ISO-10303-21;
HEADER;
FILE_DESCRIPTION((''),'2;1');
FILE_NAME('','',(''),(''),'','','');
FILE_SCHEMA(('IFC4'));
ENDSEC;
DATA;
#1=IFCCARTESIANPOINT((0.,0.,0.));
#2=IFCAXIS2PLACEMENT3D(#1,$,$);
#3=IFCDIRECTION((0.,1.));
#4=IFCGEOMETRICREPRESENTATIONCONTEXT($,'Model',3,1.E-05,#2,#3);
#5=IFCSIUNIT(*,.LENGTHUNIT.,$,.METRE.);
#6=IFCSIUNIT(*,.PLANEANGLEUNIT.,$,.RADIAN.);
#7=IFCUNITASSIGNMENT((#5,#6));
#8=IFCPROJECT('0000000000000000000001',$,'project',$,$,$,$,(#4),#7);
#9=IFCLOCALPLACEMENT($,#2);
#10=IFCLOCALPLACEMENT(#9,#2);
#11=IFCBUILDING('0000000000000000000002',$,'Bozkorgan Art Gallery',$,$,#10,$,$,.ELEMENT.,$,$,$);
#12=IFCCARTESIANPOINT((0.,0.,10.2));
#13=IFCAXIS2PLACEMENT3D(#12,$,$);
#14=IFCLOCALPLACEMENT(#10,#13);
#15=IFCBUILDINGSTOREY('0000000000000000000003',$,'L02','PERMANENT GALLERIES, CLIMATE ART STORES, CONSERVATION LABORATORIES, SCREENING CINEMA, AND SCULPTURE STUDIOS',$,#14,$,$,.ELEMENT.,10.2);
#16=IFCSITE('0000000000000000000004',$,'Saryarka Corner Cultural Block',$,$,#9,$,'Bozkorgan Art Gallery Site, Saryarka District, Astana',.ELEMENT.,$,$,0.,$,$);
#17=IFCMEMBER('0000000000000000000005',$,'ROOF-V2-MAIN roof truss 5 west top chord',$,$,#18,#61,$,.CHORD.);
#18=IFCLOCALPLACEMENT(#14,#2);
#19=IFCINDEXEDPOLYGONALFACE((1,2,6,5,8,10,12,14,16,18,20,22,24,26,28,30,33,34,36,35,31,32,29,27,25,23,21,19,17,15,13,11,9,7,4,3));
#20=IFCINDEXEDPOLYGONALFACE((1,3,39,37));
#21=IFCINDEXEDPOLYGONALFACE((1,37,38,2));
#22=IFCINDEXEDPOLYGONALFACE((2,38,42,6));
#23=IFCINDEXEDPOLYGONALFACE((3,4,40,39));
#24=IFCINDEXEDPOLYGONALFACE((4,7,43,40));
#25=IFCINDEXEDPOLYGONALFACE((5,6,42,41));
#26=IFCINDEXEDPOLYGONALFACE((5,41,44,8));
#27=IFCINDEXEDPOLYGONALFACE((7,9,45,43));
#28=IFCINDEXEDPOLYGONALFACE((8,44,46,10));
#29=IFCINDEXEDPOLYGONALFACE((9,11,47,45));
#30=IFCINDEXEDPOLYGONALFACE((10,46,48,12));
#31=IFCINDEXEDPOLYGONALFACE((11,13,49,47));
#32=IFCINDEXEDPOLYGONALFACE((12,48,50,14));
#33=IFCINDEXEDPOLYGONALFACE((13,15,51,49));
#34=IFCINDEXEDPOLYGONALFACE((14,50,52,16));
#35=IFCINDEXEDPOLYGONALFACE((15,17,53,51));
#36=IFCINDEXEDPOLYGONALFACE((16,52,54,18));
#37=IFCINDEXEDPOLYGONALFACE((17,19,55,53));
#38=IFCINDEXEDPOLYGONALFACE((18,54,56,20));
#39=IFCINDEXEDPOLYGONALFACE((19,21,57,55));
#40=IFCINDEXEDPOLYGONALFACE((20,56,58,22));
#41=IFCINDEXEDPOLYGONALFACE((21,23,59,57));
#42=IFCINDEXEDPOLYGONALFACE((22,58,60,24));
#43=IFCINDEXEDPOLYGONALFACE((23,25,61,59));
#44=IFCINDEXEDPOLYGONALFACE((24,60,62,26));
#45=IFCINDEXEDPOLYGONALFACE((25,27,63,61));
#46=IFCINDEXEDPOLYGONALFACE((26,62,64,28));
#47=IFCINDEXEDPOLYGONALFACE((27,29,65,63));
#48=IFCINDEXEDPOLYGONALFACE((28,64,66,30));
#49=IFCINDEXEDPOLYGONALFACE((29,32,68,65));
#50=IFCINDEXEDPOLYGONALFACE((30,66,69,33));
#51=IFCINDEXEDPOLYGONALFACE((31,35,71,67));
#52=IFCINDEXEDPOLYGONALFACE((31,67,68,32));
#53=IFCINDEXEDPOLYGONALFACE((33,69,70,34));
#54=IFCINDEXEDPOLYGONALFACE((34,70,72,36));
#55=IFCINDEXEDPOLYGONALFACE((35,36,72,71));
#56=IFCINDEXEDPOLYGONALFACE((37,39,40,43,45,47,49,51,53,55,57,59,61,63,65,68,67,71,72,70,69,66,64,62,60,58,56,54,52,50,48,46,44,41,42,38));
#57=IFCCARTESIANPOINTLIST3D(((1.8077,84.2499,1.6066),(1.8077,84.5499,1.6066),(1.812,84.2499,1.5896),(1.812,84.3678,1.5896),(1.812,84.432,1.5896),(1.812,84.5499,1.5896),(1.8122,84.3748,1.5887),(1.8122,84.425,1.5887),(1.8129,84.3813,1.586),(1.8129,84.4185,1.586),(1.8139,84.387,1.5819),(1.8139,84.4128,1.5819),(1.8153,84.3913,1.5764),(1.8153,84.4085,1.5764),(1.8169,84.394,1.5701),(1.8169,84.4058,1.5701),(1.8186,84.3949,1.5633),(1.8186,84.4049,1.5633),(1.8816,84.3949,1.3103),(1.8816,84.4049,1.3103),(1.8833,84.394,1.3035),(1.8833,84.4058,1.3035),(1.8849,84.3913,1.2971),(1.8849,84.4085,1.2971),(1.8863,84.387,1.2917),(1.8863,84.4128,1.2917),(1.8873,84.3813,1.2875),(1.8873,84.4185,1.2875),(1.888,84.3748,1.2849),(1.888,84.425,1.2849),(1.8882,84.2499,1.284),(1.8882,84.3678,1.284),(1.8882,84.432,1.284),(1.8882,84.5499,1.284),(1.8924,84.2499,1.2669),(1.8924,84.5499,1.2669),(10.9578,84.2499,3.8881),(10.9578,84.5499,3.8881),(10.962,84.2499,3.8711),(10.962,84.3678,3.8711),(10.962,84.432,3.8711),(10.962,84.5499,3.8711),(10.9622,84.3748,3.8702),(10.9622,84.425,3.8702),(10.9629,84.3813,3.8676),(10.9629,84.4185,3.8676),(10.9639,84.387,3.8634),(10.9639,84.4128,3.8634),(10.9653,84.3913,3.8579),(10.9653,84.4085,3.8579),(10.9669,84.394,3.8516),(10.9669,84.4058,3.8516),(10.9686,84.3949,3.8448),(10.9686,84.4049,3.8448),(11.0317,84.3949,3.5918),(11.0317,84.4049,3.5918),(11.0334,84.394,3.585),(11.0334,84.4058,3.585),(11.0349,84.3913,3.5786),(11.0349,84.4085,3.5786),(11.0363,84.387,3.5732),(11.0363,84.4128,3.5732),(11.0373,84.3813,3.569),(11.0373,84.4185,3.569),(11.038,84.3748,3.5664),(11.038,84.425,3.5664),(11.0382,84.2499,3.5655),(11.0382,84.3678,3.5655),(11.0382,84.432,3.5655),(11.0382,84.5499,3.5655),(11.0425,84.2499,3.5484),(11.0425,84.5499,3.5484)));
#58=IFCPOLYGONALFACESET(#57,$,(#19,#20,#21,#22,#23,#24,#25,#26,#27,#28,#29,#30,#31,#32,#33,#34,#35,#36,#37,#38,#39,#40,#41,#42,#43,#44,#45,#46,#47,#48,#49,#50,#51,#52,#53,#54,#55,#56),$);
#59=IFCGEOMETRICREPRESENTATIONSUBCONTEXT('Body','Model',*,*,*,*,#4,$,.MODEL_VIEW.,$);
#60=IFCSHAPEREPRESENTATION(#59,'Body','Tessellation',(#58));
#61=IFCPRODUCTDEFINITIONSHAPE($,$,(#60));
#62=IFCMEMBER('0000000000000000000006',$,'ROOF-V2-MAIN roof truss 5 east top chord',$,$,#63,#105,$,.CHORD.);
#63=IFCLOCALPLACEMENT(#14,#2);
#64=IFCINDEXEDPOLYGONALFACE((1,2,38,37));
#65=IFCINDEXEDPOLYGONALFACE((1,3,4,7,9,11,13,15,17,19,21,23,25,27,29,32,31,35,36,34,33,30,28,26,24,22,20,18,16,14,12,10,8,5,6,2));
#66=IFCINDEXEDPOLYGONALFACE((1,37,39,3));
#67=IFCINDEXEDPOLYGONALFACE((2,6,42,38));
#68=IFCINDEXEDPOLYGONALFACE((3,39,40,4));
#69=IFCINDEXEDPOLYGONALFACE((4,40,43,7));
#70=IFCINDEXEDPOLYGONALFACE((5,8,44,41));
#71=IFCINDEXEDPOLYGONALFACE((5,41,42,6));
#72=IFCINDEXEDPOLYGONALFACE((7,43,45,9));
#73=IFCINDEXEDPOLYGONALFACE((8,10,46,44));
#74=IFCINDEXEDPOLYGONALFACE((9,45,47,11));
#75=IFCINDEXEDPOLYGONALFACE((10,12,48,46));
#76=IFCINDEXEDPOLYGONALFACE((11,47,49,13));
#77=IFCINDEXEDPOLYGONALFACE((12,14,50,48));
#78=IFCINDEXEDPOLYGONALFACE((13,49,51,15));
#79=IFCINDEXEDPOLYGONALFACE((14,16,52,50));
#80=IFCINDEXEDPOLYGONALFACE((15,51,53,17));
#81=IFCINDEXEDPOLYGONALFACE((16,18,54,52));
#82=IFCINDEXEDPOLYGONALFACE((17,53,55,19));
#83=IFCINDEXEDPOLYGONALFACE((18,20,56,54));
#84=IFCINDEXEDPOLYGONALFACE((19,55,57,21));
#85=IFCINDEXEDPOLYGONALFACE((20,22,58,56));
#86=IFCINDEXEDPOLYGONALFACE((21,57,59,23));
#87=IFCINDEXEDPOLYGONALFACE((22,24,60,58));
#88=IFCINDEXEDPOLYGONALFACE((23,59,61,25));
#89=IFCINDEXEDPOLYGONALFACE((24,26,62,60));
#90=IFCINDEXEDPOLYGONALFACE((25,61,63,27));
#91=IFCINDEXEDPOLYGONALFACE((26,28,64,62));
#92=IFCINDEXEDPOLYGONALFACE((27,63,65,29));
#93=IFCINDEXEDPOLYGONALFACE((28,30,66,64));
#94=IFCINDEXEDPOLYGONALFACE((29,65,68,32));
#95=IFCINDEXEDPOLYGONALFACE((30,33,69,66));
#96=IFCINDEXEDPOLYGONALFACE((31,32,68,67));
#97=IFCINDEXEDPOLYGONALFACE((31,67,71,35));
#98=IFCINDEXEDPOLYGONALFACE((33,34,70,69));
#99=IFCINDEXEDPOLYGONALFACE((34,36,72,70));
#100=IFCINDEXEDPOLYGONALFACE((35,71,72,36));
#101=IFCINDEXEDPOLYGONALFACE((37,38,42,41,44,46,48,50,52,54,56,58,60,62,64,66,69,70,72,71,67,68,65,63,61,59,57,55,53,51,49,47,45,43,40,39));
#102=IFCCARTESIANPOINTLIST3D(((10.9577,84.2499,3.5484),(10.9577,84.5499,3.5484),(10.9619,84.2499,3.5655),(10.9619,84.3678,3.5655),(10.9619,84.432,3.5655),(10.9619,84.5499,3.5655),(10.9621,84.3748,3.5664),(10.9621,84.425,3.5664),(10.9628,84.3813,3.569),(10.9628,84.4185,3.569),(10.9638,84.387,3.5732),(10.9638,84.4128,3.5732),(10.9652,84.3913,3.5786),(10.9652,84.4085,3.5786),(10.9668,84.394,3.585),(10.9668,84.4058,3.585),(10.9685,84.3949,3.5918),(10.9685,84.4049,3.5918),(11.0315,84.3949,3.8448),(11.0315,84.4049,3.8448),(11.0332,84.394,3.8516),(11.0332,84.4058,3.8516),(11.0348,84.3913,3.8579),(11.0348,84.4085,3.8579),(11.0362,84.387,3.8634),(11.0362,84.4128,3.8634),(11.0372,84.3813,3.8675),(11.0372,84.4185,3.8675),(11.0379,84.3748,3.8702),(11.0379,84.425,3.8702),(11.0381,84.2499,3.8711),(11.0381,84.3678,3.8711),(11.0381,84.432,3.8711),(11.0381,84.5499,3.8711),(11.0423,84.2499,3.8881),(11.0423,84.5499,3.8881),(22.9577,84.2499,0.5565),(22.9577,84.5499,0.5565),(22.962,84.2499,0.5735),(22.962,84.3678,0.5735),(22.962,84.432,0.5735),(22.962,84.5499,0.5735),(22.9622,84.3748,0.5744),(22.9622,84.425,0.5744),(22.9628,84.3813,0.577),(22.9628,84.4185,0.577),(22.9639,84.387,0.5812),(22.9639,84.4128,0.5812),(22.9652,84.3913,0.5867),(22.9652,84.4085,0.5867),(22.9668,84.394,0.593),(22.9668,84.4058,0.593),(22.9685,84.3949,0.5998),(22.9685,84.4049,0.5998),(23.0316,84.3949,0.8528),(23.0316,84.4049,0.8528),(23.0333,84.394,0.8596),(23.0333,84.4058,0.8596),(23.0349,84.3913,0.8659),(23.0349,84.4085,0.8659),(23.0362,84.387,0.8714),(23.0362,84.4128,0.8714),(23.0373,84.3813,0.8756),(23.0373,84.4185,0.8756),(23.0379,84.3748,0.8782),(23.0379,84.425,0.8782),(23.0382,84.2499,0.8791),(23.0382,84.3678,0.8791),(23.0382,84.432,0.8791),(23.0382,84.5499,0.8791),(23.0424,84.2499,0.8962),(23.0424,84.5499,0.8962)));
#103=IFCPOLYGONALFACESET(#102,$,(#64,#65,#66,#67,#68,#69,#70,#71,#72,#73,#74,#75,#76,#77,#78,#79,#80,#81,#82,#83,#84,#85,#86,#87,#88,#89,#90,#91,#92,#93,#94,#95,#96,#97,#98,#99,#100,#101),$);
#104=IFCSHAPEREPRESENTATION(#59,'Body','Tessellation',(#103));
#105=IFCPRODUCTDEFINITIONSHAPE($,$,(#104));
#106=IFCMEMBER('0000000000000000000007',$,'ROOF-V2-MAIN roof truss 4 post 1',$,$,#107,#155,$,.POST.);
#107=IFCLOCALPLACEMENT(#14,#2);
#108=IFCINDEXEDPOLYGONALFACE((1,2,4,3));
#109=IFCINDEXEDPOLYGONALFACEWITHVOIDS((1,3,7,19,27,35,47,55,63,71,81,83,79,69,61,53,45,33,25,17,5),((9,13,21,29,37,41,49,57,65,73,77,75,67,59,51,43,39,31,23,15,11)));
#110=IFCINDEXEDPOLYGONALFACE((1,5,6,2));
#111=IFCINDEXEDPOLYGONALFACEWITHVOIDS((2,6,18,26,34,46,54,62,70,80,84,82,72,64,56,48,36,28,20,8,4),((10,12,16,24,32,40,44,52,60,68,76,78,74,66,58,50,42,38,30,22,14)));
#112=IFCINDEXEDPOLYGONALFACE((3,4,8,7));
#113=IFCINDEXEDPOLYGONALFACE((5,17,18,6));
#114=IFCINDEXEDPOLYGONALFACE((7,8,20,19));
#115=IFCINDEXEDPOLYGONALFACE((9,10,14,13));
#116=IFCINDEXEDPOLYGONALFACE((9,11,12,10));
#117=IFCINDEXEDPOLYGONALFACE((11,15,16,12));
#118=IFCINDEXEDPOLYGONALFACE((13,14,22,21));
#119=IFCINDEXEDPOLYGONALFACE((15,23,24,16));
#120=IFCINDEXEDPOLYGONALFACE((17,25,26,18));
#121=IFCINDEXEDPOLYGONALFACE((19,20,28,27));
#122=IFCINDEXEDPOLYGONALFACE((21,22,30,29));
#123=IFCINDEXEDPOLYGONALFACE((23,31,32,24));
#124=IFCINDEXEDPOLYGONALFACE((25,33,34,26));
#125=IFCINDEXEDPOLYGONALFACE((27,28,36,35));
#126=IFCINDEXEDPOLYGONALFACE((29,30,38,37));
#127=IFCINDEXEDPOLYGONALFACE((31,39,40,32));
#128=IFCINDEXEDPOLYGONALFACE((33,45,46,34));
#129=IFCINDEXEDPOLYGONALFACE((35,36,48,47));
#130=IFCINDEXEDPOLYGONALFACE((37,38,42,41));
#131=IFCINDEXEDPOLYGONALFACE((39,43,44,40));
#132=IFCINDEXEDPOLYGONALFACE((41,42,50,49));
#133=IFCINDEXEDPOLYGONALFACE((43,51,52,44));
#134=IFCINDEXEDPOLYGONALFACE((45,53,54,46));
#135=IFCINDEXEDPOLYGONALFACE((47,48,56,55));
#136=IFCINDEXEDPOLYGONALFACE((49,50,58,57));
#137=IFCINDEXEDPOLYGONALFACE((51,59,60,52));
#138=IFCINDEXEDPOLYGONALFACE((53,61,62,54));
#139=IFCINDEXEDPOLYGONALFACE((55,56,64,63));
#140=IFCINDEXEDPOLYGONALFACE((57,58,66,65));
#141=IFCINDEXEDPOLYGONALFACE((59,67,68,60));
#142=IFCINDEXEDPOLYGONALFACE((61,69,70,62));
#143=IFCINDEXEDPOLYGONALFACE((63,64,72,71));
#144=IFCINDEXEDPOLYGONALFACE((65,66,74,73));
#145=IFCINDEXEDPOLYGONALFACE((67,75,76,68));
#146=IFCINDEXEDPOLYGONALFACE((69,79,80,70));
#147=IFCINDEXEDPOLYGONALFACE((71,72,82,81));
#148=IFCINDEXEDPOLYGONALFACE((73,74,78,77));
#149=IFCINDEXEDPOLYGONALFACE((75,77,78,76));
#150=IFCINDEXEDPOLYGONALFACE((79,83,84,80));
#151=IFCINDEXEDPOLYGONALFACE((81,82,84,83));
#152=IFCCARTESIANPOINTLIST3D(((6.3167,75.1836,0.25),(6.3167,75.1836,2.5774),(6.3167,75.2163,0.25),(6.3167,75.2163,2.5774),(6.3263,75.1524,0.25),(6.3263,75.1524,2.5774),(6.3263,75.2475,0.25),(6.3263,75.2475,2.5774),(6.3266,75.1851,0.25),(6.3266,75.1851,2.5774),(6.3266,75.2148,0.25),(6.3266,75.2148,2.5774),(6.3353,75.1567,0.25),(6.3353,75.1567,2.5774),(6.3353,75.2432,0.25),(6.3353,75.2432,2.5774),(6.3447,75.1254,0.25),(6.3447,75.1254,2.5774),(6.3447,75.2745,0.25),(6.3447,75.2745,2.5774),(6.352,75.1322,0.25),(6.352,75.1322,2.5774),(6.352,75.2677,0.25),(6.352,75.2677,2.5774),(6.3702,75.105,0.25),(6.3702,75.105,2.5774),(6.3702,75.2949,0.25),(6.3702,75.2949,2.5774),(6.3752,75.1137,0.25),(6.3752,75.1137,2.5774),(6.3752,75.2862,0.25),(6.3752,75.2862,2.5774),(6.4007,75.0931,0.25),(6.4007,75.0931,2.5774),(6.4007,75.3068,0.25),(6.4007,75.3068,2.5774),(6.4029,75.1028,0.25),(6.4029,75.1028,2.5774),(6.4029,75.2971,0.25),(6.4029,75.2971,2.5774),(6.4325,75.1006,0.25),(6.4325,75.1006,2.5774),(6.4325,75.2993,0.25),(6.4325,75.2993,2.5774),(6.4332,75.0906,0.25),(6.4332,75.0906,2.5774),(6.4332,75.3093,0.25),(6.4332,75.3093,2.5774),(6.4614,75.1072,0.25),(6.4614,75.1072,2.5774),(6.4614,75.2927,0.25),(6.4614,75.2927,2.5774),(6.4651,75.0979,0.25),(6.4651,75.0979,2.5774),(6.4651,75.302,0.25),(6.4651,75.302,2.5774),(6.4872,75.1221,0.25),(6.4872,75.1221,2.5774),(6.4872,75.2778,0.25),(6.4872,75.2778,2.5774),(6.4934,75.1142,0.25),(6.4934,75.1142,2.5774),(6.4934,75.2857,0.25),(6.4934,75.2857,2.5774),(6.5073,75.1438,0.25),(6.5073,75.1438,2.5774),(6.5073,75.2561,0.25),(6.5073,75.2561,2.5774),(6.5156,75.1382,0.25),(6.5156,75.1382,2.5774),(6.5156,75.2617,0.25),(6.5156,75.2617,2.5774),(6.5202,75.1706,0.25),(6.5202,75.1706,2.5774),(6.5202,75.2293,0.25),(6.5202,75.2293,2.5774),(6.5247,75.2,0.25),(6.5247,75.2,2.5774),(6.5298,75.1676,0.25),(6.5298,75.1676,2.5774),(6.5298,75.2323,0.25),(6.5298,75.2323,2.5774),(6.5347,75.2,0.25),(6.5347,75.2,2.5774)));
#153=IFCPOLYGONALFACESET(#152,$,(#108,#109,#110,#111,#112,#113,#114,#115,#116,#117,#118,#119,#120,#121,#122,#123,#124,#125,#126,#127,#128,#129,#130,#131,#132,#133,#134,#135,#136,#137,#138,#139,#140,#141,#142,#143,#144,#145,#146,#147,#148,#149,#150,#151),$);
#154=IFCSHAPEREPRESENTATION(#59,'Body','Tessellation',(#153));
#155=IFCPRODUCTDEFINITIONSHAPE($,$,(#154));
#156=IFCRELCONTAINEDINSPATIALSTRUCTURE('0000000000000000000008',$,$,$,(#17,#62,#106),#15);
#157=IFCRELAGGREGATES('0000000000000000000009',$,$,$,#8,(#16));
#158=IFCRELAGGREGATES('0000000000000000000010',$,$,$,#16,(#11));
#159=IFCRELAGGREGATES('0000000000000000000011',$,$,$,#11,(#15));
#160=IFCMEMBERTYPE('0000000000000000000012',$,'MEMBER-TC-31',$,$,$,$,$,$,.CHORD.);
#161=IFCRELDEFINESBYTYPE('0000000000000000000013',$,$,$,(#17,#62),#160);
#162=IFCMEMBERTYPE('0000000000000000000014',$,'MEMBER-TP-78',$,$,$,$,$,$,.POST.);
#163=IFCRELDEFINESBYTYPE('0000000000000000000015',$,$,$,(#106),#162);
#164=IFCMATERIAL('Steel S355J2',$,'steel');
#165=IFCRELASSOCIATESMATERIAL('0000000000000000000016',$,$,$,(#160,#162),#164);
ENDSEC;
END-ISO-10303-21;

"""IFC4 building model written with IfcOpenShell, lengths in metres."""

from ifc_helpers import new_model, si_unit, direction, frame, origin, origin_2d, place, context, subcontext, project, spatial, hollow_circle, i_section, extrude, material, material_profile, profile_set, type_object, element, save


model = new_model("IFC4")

# Units and contexts
model_context = context("Model", 3, precision=1e-05, world=origin(), true_north=direction((0.0, 1.0)))
body_context = subcontext(model_context, "Body", "Model", "MODEL_VIEW")
ifc_project = project(units=[si_unit("LENGTHUNIT", "METRE"), si_unit("PLANEANGLEUNIT", "RADIAN")], contexts=[model_context])

# Site, building, storey
site_placement = place(None, origin())
site = spatial("IfcSite", under=ifc_project, at=site_placement, Name="Saryarka Corner Cultural Block", LongName="Bozkorgan Art Gallery Site, Saryarka District, Astana", CompositionType="ELEMENT", RefElevation=0.0)
building_placement = place(site_placement, origin())
building = spatial("IfcBuilding", under=site, at=building_placement, Name="Bozkorgan Art Gallery", CompositionType="ELEMENT")
storey_placement = place(building_placement, frame((0.0, 0.0, 10.2)))
storey = spatial("IfcBuildingStorey", under=building, at=storey_placement, Name="L02", Description="PERMANENT GALLERIES, CLIMATE ART STORES, CONSERVATION LABORATORIES, SCREENING CINEMA, AND SCULPTURE STUDIOS", CompositionType="ELEMENT", Elevation=10.2)

# Shared definitions
ifc_material_1 = material(Name="Steel S355J2", Category="steel")

# Members
ifc_material_profile_1 = material_profile(ifc_material_1, i_section(OverallWidth=0.3, OverallDepth=0.3501, WebThickness=0.01, FlangeThickness=0.0176, FilletRadius=0.0271, at=origin_2d()), Name="HEA 360")
ifc_profile_set_1 = profile_set([ifc_material_profile_1], Name="Steel S355J2")
member_type_1 = type_object("IfcMemberType", Name="MEMBER-TC-31", PredefinedType="CHORD", material=ifc_profile_set_1)
member_1_placement = place(storey_placement, frame((1.8501, 84.3999, 1.4368), z_axis=(0.970292, 0.0, 0.241939), x_axis=(0.0, 1.0, 0.0)))
element("IfcMember", 1, at=member_1_placement, inside=storey, type_object=member_type_1, Name="ROOF-V2-MAIN roof truss 5 west top chord", PredefinedType="CHORD", context=body_context, shape_type="SweptSolid", body=[
    extrude(i_section(OverallWidth=0.3, OverallDepth=0.3501, WebThickness=0.01, FlangeThickness=0.0176, FilletRadius=0.0271, at=origin_2d()), origin(), (0.0, 0.0, 1.0), 9.4302),
])
member_2_placement = place(storey_placement, frame((11.0, 84.3999, 3.7183), z_axis=(0.970296, 0.0, -0.241922), x_axis=(0.0, 1.0, 0.0)))
element("IfcMember", 2, at=member_2_placement, inside=storey, type_object=member_type_1, Name="ROOF-V2-MAIN roof truss 5 east top chord", PredefinedType="CHORD", context=body_context, shape_type="SweptSolid", body=[
    extrude(i_section(OverallWidth=0.3, OverallDepth=0.3501, WebThickness=0.01, FlangeThickness=0.0176, FilletRadius=0.0271, at=origin_2d()), origin(), (0.0, 0.0, 1.0), 12.3674),
])
ifc_material_profile_2 = material_profile(ifc_material_1, hollow_circle(Radius=0.1096, WallThickness=0.01, at=origin_2d()), Name="CHS 219.1x10")
ifc_profile_set_2 = profile_set([ifc_material_profile_2], Name="Steel S355J2")
member_type_2 = type_object("IfcMemberType", Name="MEMBER-TP-78", PredefinedType="POST", material=ifc_profile_set_2)
member_3_placement = place(storey_placement, frame((6.425, 75.2, 0.25), z_axis=(0.0, 0.0, 1.0), x_axis=(1.0, 0.0, 0.0)))
element("IfcMember", 3, at=member_3_placement, inside=storey, type_object=member_type_2, Name="ROOF-V2-MAIN roof truss 4 post 1", PredefinedType="POST", context=body_context, shape_type="SweptSolid", body=[
    extrude(hollow_circle(Radius=0.1096, WallThickness=0.01, at=origin_2d()), origin(), (0.0, 0.0, 1.0), 2.3274),
])

save(model, "model.ifc")
